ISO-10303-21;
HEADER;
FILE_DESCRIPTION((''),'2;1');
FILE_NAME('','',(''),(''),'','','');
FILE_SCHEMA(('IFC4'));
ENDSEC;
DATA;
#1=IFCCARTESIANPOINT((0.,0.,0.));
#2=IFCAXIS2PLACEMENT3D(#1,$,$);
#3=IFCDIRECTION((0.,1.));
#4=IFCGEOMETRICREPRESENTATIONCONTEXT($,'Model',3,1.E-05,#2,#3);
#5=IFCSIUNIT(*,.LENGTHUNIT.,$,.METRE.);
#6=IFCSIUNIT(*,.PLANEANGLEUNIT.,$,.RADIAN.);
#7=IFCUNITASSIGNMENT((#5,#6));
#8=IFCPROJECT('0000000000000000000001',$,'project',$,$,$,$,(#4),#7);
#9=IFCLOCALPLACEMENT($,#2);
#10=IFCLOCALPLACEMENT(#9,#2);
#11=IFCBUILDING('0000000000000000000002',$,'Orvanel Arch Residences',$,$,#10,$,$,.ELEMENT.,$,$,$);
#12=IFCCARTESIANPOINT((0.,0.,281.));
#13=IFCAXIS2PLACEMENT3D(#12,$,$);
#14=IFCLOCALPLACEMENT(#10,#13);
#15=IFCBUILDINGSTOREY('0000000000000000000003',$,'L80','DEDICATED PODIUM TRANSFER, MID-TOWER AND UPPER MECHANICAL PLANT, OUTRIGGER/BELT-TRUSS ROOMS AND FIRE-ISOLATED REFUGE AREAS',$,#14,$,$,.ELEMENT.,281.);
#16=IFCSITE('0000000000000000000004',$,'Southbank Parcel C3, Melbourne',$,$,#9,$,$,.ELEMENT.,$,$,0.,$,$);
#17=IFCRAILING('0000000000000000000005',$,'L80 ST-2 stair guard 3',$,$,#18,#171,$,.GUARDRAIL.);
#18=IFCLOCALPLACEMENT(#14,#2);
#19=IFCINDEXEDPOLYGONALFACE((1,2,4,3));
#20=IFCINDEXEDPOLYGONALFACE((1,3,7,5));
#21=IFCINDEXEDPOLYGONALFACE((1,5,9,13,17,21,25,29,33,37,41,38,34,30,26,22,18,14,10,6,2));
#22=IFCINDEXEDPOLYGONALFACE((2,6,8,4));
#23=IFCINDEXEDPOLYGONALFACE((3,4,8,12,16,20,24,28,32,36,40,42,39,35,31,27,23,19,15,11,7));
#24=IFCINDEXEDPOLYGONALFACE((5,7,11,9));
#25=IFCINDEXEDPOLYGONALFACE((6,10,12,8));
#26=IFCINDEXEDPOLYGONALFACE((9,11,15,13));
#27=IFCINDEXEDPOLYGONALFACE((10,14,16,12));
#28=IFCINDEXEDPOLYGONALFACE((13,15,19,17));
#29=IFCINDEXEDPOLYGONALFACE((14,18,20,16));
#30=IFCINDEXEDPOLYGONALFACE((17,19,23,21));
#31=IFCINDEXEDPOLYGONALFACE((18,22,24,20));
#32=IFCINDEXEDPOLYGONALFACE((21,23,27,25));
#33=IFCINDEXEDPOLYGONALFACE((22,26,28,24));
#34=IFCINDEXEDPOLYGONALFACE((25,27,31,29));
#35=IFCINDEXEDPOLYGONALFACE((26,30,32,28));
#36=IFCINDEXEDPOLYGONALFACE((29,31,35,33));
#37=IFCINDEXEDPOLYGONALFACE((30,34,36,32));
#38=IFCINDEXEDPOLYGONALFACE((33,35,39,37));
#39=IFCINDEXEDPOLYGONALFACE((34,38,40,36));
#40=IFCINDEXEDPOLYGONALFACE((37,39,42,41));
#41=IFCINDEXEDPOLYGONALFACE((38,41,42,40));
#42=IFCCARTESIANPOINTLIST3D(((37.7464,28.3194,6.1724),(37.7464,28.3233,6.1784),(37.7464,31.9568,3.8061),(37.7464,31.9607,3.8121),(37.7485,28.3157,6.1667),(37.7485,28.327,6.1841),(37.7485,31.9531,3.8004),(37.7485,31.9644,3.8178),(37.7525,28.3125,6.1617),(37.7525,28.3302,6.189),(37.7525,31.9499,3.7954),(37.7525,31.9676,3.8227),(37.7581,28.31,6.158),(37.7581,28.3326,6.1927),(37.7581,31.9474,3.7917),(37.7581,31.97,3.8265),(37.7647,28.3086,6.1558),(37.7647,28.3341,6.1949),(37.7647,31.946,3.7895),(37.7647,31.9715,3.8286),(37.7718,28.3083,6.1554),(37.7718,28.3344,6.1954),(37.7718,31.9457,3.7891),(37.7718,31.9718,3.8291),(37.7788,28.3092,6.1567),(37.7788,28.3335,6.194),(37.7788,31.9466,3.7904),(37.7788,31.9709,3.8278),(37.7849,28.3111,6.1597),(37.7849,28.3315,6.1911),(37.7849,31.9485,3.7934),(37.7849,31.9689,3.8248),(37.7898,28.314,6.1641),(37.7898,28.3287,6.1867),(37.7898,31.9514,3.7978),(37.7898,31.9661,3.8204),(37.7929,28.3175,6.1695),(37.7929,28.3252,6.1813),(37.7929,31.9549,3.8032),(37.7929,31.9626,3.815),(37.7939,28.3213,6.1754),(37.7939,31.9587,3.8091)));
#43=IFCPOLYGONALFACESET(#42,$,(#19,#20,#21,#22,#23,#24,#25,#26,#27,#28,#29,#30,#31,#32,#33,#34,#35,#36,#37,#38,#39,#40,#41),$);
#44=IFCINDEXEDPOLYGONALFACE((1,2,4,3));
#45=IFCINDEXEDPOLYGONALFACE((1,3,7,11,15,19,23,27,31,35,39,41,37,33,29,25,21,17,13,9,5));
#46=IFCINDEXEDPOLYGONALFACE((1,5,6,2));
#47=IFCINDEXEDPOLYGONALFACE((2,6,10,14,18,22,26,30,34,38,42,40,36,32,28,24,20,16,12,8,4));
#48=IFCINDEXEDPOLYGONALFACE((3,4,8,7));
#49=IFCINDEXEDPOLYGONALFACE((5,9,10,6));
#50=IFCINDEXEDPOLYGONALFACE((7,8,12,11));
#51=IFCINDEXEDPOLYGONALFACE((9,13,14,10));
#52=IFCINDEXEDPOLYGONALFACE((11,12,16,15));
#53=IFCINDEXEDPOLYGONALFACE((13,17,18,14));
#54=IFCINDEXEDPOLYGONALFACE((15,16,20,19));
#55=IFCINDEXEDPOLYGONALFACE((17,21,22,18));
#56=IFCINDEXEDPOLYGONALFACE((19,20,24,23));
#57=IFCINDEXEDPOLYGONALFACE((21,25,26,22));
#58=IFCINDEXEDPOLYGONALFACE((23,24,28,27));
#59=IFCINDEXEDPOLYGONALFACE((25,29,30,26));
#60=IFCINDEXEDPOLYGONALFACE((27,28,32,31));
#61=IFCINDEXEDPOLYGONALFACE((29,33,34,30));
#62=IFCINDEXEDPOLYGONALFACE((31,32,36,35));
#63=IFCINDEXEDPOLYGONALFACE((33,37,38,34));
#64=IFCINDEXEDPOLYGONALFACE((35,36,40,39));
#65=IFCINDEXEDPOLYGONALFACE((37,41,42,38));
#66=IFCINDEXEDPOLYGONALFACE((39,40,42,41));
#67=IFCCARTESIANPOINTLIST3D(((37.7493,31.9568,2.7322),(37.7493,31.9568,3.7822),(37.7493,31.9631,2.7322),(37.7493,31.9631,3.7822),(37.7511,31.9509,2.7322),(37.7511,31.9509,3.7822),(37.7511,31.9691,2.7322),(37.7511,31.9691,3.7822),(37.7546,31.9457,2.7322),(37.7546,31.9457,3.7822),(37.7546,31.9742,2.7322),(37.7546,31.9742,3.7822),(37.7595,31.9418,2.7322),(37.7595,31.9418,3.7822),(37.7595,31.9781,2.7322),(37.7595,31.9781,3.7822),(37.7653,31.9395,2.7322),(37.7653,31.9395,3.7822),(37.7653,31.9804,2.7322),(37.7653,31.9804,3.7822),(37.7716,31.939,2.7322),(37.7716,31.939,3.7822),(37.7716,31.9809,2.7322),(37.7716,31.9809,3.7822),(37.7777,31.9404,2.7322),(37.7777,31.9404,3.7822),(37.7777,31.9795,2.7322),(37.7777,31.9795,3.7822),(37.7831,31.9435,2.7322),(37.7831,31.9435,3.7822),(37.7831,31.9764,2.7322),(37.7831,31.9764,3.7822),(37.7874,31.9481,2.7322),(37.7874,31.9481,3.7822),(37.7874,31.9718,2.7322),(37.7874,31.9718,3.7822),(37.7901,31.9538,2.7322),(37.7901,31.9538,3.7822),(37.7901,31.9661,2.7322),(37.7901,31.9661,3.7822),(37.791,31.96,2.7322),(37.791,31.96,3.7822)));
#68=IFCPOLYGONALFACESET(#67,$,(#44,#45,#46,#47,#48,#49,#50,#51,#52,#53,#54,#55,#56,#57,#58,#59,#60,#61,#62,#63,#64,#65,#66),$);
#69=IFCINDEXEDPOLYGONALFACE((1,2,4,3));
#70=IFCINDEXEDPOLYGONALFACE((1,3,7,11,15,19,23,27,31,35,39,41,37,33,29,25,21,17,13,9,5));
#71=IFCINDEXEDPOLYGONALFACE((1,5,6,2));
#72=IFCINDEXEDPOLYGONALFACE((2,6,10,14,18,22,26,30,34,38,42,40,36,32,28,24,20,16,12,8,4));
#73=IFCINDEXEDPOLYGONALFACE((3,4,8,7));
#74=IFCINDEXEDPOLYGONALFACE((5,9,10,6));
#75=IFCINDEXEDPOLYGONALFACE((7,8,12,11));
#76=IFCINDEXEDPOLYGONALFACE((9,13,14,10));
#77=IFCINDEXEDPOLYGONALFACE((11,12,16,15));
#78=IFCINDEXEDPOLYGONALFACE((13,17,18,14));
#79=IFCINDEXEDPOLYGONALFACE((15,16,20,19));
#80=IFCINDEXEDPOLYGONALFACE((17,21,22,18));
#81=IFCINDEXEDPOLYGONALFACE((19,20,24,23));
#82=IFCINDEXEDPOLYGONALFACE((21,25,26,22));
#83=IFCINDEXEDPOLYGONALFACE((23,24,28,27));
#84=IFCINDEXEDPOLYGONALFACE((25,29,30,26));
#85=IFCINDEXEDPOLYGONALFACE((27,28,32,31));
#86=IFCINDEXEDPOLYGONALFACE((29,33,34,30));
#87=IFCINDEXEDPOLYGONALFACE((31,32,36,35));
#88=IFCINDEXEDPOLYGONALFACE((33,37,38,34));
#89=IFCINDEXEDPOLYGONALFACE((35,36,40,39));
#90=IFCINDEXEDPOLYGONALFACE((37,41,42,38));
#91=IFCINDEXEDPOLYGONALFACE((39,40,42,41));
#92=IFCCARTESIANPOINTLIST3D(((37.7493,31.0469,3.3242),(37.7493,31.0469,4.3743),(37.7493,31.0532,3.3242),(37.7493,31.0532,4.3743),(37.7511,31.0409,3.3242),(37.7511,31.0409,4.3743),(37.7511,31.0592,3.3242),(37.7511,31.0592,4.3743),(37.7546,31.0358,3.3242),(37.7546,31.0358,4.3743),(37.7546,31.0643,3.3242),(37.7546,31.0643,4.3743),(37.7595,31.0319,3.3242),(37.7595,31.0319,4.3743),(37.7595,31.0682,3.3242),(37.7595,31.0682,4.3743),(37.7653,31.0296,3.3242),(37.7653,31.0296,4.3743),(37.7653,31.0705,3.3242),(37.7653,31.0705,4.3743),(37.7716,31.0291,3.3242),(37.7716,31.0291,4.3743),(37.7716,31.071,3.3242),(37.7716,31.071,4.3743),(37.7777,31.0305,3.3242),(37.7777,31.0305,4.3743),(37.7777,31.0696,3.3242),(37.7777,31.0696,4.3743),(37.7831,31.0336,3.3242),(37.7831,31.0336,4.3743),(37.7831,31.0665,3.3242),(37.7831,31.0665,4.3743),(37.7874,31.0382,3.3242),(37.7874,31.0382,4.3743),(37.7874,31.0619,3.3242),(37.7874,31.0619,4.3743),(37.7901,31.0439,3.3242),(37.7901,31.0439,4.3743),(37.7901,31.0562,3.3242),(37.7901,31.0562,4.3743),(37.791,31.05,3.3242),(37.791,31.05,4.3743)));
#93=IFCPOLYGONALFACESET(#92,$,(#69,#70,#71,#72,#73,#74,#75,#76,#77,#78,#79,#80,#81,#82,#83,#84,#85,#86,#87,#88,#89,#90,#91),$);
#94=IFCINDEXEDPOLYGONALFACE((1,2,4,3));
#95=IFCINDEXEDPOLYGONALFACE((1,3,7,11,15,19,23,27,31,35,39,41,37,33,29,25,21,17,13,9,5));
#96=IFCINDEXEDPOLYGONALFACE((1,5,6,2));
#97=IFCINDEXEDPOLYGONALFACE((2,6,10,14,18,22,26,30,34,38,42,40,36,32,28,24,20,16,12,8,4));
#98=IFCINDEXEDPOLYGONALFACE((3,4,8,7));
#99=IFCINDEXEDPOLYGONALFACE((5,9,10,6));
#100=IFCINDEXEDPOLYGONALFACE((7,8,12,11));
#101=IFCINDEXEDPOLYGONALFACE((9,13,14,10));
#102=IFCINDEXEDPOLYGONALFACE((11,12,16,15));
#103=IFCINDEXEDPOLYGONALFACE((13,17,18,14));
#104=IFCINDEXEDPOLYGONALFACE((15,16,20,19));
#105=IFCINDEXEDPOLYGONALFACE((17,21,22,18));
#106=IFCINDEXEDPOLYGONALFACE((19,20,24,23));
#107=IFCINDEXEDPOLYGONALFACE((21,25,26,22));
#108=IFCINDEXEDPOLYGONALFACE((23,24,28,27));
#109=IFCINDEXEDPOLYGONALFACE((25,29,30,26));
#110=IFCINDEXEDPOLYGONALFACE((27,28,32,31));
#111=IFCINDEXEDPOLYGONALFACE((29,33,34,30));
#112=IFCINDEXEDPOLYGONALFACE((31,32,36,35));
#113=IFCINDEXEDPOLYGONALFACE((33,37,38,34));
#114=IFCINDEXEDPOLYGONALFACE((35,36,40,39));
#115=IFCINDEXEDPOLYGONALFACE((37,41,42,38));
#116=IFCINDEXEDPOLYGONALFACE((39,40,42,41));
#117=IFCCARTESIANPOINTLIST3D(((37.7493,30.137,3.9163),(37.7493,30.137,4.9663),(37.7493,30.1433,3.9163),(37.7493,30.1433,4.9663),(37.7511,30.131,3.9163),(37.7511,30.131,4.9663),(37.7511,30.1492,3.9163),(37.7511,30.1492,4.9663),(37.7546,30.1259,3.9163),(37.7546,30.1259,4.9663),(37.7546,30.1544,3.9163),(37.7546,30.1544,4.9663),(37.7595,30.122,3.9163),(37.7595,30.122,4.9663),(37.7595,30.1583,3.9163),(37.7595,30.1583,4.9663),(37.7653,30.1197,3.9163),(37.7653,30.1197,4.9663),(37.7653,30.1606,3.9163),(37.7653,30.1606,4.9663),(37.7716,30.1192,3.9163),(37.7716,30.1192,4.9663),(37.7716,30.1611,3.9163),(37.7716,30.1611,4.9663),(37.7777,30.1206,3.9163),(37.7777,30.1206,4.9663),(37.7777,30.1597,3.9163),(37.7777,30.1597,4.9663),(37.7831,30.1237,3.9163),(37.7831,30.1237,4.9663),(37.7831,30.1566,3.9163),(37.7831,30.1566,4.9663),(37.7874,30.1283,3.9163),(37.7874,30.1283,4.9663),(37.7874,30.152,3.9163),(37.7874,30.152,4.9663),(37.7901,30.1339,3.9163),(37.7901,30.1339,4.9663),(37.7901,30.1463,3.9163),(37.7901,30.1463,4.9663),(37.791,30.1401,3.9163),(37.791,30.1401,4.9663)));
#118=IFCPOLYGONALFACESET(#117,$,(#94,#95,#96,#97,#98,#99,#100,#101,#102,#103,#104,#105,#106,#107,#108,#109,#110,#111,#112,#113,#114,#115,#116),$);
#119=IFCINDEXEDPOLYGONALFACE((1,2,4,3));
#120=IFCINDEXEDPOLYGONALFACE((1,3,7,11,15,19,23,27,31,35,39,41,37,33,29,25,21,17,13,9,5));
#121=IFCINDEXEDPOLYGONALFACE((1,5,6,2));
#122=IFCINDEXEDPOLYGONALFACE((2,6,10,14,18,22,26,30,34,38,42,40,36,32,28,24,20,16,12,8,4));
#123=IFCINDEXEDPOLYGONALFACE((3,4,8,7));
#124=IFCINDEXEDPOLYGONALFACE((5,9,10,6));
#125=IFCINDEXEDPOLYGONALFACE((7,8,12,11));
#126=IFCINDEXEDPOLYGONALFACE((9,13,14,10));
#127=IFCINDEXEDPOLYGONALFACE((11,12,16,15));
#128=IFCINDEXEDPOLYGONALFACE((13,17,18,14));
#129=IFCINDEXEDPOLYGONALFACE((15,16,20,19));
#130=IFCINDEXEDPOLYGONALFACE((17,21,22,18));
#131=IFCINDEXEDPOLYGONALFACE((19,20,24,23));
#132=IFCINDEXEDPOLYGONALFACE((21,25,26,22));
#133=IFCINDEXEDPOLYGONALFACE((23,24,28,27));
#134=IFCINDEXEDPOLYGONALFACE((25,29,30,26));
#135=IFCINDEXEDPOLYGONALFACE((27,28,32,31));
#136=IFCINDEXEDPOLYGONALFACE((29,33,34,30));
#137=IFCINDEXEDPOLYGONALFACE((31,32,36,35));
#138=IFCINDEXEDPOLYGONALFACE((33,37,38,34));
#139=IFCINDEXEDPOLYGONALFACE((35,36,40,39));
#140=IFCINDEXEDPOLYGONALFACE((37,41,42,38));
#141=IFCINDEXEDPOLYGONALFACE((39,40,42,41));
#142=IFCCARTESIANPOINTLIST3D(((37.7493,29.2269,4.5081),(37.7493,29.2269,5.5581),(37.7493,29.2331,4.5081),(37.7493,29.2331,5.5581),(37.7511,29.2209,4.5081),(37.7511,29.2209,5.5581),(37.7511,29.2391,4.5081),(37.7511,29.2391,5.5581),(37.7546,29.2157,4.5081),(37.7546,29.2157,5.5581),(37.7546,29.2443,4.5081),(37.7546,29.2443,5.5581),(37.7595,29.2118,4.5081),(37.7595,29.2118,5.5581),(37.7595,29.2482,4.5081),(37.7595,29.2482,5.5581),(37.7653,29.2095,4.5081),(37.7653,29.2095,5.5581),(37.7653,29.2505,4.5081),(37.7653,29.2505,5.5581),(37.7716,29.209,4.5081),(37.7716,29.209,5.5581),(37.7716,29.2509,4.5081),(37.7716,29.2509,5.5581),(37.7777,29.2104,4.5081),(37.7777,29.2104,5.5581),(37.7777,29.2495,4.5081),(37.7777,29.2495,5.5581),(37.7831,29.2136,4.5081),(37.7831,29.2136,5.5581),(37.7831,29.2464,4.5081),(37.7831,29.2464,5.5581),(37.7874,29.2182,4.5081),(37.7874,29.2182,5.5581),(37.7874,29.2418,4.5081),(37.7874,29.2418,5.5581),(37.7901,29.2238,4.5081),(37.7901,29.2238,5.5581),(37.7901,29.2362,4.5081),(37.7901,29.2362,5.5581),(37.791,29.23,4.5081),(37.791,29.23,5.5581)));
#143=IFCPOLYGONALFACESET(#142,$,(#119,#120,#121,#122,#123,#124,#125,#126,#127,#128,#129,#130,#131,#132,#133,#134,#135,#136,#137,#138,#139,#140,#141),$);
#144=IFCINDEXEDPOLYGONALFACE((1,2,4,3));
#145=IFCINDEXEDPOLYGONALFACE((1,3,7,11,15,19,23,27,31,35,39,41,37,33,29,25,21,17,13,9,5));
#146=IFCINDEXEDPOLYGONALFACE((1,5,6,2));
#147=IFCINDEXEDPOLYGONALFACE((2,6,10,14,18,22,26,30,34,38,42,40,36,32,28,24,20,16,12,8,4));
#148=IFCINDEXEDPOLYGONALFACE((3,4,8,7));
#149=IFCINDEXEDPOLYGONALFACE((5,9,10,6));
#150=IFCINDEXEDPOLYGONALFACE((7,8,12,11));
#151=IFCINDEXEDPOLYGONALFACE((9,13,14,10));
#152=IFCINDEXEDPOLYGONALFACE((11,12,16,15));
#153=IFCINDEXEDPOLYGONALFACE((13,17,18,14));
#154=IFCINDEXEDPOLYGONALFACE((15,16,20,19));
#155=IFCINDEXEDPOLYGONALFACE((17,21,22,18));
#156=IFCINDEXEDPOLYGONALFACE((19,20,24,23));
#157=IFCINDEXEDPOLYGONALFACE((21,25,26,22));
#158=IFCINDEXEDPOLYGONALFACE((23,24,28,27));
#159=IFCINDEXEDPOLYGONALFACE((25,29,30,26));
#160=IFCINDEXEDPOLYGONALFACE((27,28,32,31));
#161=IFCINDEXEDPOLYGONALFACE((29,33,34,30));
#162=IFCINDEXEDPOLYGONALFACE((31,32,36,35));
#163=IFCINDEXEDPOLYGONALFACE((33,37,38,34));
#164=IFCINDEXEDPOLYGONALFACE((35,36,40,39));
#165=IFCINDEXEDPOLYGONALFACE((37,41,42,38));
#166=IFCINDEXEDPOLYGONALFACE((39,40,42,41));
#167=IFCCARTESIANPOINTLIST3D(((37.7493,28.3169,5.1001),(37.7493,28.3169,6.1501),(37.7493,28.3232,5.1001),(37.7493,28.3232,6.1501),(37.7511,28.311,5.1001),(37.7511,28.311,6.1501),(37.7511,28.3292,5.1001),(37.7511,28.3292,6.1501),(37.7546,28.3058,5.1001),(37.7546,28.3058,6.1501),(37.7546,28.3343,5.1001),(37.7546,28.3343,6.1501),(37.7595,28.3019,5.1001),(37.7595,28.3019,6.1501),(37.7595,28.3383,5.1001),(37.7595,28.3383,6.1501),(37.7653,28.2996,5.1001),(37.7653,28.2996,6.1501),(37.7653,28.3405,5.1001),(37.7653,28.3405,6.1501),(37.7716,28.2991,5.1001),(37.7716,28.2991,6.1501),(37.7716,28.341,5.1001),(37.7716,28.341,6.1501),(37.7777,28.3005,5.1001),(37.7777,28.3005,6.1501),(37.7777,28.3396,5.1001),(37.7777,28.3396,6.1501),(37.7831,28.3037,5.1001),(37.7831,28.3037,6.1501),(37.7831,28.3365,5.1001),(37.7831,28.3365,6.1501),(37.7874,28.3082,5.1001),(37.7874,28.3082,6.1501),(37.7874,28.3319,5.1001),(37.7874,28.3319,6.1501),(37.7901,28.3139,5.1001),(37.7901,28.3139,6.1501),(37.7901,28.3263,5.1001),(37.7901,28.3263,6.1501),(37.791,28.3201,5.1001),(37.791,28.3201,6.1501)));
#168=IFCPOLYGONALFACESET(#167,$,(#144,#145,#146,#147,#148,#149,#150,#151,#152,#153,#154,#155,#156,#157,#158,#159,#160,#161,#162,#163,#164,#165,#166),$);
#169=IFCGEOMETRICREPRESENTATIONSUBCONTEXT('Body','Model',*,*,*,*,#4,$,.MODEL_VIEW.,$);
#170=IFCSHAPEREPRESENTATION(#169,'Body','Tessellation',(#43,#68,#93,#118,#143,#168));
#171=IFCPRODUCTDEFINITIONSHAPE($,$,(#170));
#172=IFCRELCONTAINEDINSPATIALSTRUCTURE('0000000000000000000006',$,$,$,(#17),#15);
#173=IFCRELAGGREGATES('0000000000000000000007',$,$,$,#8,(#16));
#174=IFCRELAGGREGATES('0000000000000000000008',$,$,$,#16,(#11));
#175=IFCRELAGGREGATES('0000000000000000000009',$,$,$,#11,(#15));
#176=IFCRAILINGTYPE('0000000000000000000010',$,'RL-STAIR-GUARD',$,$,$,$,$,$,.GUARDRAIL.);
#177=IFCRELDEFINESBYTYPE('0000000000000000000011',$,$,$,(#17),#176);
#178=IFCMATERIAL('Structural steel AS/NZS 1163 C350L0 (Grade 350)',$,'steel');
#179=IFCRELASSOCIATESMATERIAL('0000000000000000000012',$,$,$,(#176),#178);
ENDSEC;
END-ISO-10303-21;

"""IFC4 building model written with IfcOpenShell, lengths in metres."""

from ifc_helpers import new_model, si_unit, direction, frame, origin, origin_2d, place, context, subcontext, project, spatial, circle, extrude, material, type_object, element, save


model = new_model("IFC4")

# Units and contexts
model_context = context("Model", 3, precision=1e-05, world=origin(), true_north=direction((0.0, 1.0)))
body_context = subcontext(model_context, "Body", "Model", "MODEL_VIEW")
ifc_project = project(units=[si_unit("LENGTHUNIT", "METRE"), si_unit("PLANEANGLEUNIT", "RADIAN")], contexts=[model_context])

# Site, building, storey
site_placement = place(None, origin())
site = spatial("IfcSite", under=ifc_project, at=site_placement, Name="Southbank Parcel C3, Melbourne", CompositionType="ELEMENT", RefElevation=0.0)
building_placement = place(site_placement, origin())
building = spatial("IfcBuilding", under=site, at=building_placement, Name="Orvanel Arch Residences", CompositionType="ELEMENT")
storey_placement = place(building_placement, frame((0.0, 0.0, 281.0)))
storey = spatial("IfcBuildingStorey", under=building, at=storey_placement, Name="L80", Description="DEDICATED PODIUM TRANSFER, MID-TOWER AND UPPER MECHANICAL PLANT, OUTRIGGER/BELT-TRUSS ROOMS AND FIRE-ISOLATED REFUGE AREAS", CompositionType="ELEMENT", Elevation=281.0)

# Shared definitions
ifc_material_1 = material(Name="Structural steel AS/NZS 1163 C350L0 (Grade 350)", Category="steel")

# Railing
railing_type_1 = type_object("IfcRailingType", Name="RL-STAIR-GUARD", PredefinedType="GUARDRAIL", material=ifc_material_1)
railing_1_placement = place(storey_placement, frame((37.77, 31.96, 2.7322)))
element("IfcRailing", 1, at=railing_1_placement, inside=storey, type_object=railing_type_1, Name="L80 ST-2 stair guard 3", PredefinedType="GUARDRAIL", context=body_context, shape_type="SweptSolid", body=[
    extrude(circle(Radius=0.0239, at=origin_2d()), frame((0.0, -0.0012, 1.0769), z_axis=(0.0, -0.838234, 0.54531), x_axis=(1.0, 0.0, 0.0)), (0.0, 0.0, 1.0), 4.3394),
    extrude(circle(Radius=0.021, at=origin_2d()), origin(), (0.0, 0.0, 1.0), 1.05),
    extrude(circle(Radius=0.021, at=origin_2d()), frame((0.0, -0.9099, 0.592)), (0.0, 0.0, 1.0), 1.05),
    extrude(circle(Radius=0.021, at=origin_2d()), frame((0.0, -1.8198, 1.1841)), (0.0, 0.0, 1.0), 1.05),
    extrude(circle(Radius=0.021, at=origin_2d()), frame((0.0, -2.73, 1.7759)), (0.0, 0.0, 1.0), 1.05),
    extrude(circle(Radius=0.021, at=origin_2d()), frame((0.0, -3.6399, 2.3679)), (0.0, 0.0, 1.0), 1.05),
])

save(model, "model.ifc")
